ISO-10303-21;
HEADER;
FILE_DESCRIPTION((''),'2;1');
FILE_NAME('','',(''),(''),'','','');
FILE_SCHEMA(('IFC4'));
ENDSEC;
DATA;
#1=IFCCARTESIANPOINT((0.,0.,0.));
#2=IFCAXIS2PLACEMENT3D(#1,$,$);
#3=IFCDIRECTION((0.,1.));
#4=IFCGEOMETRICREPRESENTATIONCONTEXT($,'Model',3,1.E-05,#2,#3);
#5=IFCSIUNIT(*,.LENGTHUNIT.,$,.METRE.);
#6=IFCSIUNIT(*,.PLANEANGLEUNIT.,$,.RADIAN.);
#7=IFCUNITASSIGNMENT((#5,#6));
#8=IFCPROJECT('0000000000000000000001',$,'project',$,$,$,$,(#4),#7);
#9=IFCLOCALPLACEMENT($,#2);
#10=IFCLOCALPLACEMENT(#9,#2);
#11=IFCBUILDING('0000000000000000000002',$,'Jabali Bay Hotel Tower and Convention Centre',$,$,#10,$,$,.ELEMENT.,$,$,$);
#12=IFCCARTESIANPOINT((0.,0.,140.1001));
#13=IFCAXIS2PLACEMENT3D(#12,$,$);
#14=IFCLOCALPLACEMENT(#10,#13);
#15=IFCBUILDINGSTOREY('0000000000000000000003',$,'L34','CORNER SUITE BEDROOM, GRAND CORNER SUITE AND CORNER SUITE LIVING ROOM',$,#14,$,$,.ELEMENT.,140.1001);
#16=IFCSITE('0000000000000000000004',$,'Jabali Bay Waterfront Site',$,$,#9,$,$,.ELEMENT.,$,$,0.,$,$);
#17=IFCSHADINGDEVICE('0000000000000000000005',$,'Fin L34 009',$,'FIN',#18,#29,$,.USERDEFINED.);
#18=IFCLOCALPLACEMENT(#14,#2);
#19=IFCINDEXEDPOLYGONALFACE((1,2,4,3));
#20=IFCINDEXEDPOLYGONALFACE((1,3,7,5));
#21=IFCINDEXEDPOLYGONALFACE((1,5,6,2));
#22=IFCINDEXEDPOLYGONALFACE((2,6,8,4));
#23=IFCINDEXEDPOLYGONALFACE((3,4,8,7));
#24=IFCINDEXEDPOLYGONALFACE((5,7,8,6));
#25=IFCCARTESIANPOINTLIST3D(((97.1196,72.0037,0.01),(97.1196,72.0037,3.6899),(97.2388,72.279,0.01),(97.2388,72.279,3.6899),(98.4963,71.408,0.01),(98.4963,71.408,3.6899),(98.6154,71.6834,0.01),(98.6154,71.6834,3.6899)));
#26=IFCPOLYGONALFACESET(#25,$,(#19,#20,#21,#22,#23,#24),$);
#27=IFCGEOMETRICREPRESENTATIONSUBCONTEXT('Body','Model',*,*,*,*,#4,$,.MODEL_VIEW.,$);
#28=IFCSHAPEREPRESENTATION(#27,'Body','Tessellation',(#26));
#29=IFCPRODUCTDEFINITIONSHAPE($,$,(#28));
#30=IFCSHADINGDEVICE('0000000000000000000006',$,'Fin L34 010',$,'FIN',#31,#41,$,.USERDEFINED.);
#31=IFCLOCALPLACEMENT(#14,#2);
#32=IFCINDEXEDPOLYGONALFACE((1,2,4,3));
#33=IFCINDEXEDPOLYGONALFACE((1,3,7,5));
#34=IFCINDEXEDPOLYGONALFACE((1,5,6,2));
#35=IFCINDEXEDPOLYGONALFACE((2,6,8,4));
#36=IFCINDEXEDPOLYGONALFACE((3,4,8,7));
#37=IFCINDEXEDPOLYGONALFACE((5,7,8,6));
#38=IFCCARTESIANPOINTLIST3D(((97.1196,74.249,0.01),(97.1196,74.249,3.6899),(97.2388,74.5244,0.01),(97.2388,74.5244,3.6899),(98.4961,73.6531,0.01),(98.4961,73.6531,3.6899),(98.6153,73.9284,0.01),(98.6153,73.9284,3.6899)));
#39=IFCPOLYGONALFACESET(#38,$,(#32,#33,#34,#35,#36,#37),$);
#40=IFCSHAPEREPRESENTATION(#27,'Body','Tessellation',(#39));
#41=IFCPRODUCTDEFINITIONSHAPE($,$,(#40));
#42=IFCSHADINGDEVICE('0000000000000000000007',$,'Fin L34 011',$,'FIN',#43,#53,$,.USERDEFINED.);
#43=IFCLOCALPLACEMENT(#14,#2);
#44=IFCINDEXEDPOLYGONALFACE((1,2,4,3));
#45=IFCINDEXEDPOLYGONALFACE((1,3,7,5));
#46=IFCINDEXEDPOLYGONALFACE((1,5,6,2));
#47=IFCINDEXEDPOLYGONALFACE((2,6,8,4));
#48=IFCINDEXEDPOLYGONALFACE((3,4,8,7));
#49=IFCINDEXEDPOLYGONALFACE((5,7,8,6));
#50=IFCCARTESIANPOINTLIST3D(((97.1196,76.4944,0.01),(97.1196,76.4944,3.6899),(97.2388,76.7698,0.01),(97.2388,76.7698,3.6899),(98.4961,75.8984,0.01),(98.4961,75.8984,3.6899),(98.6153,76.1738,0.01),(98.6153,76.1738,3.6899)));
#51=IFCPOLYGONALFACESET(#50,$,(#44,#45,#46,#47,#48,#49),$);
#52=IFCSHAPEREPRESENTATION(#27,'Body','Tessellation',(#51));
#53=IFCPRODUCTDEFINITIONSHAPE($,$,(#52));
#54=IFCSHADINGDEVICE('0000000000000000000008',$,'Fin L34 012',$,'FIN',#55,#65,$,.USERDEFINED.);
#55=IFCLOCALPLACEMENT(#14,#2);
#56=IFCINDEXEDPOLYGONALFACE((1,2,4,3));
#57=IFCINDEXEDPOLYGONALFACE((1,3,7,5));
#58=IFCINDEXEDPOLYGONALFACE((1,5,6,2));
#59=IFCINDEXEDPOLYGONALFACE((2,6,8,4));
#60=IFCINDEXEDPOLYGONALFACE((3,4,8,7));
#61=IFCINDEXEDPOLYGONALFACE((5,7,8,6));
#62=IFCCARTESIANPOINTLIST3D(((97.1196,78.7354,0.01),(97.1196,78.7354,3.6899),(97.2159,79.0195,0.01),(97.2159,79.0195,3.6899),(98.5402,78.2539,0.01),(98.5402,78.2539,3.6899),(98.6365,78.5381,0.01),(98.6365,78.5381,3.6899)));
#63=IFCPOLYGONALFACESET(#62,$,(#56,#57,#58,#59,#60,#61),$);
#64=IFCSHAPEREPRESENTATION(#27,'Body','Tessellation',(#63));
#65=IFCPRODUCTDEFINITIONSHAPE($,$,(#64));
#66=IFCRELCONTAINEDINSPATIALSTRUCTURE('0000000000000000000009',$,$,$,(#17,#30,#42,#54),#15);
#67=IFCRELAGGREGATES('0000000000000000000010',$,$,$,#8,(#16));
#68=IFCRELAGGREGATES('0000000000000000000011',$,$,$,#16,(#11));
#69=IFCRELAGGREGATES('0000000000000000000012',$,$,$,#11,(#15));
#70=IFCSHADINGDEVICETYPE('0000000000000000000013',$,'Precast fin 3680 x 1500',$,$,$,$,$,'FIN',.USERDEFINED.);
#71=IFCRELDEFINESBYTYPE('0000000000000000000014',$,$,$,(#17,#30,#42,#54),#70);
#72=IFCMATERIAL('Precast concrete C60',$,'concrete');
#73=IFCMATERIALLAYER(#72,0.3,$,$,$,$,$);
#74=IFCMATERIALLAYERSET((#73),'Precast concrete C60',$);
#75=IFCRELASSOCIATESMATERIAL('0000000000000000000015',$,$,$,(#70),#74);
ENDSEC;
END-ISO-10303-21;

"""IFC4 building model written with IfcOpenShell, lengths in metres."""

from ifc_helpers import new_model, si_unit, direction, frame, frame_2d, origin, place, context, subcontext, project, spatial, rectangle, extrude, material, layer, layer_set, type_object, element, save


model = new_model("IFC4")

# Units and contexts
model_context = context("Model", 3, precision=1e-05, world=origin(), true_north=direction((0.0, 1.0)))
body_context = subcontext(model_context, "Body", "Model", "MODEL_VIEW")
ifc_project = project(units=[si_unit("LENGTHUNIT", "METRE"), si_unit("PLANEANGLEUNIT", "RADIAN")], contexts=[model_context])

# Site, building, storey
site_placement = place(None, origin())
site = spatial("IfcSite", under=ifc_project, at=site_placement, Name="Jabali Bay Waterfront Site", CompositionType="ELEMENT", RefElevation=0.0)
building_placement = place(site_placement, origin())
building = spatial("IfcBuilding", under=site, at=building_placement, Name="Jabali Bay Hotel Tower and Convention Centre", CompositionType="ELEMENT")
storey_placement = place(building_placement, frame((0.0, 0.0, 140.1001)))
storey = spatial("IfcBuildingStorey", under=building, at=storey_placement, Name="L34", Description="CORNER SUITE BEDROOM, GRAND CORNER SUITE AND CORNER SUITE LIVING ROOM", CompositionType="ELEMENT", Elevation=140.1001)

# Shading devices
ifc_material_1 = material(Name="Precast concrete C60", Category="concrete")
ifc_layer_1 = layer(ifc_material_1, 0.3)
ifc_layer_set_1 = layer_set([ifc_layer_1], Name="Precast concrete C60")
shading_device_type = type_object("IfcShadingDeviceType", Name="Precast fin 3680 x 1500", ElementType="FIN", PredefinedType="USERDEFINED", material=ifc_layer_set_1)
for number, where, z_axis, x_axis, name in (
    (1, (97.1792, 72.1414, 0.01), (0.0, 0.0, 1.0), (0.917767, -0.397119, 0.0), "Fin L34 009"),
    (2, (97.1792, 74.3867, 0.01), (0.0, 0.0, 1.0), (0.917682, -0.397315, 0.0), "Fin L34 010"),
    (3, (97.1792, 76.6321, 0.01), (0.0, 0.0, 1.0), (0.917682, -0.397315, 0.0), "Fin L34 011"),
    (4, (97.1677, 78.8774, 0.01), (0.0, 0.0, 1.0), (0.947093, -0.32096, 0.0), "Fin L34 012"),
):
    element("IfcShadingDevice", number, at=place(storey_placement, frame(where, z_axis=z_axis, x_axis=x_axis)), inside=storey, type_object=shading_device_type, Name=name, ObjectType="FIN", PredefinedType="USERDEFINED", context=body_context, shape_type="SweptSolid", body=[
        extrude(rectangle(XDim=1.5, YDim=0.3, at=frame_2d((0.75, 0.0))), origin(), (0.0, 0.0, 1.0), 3.6799),
    ])

save(model, "model.ifc")
